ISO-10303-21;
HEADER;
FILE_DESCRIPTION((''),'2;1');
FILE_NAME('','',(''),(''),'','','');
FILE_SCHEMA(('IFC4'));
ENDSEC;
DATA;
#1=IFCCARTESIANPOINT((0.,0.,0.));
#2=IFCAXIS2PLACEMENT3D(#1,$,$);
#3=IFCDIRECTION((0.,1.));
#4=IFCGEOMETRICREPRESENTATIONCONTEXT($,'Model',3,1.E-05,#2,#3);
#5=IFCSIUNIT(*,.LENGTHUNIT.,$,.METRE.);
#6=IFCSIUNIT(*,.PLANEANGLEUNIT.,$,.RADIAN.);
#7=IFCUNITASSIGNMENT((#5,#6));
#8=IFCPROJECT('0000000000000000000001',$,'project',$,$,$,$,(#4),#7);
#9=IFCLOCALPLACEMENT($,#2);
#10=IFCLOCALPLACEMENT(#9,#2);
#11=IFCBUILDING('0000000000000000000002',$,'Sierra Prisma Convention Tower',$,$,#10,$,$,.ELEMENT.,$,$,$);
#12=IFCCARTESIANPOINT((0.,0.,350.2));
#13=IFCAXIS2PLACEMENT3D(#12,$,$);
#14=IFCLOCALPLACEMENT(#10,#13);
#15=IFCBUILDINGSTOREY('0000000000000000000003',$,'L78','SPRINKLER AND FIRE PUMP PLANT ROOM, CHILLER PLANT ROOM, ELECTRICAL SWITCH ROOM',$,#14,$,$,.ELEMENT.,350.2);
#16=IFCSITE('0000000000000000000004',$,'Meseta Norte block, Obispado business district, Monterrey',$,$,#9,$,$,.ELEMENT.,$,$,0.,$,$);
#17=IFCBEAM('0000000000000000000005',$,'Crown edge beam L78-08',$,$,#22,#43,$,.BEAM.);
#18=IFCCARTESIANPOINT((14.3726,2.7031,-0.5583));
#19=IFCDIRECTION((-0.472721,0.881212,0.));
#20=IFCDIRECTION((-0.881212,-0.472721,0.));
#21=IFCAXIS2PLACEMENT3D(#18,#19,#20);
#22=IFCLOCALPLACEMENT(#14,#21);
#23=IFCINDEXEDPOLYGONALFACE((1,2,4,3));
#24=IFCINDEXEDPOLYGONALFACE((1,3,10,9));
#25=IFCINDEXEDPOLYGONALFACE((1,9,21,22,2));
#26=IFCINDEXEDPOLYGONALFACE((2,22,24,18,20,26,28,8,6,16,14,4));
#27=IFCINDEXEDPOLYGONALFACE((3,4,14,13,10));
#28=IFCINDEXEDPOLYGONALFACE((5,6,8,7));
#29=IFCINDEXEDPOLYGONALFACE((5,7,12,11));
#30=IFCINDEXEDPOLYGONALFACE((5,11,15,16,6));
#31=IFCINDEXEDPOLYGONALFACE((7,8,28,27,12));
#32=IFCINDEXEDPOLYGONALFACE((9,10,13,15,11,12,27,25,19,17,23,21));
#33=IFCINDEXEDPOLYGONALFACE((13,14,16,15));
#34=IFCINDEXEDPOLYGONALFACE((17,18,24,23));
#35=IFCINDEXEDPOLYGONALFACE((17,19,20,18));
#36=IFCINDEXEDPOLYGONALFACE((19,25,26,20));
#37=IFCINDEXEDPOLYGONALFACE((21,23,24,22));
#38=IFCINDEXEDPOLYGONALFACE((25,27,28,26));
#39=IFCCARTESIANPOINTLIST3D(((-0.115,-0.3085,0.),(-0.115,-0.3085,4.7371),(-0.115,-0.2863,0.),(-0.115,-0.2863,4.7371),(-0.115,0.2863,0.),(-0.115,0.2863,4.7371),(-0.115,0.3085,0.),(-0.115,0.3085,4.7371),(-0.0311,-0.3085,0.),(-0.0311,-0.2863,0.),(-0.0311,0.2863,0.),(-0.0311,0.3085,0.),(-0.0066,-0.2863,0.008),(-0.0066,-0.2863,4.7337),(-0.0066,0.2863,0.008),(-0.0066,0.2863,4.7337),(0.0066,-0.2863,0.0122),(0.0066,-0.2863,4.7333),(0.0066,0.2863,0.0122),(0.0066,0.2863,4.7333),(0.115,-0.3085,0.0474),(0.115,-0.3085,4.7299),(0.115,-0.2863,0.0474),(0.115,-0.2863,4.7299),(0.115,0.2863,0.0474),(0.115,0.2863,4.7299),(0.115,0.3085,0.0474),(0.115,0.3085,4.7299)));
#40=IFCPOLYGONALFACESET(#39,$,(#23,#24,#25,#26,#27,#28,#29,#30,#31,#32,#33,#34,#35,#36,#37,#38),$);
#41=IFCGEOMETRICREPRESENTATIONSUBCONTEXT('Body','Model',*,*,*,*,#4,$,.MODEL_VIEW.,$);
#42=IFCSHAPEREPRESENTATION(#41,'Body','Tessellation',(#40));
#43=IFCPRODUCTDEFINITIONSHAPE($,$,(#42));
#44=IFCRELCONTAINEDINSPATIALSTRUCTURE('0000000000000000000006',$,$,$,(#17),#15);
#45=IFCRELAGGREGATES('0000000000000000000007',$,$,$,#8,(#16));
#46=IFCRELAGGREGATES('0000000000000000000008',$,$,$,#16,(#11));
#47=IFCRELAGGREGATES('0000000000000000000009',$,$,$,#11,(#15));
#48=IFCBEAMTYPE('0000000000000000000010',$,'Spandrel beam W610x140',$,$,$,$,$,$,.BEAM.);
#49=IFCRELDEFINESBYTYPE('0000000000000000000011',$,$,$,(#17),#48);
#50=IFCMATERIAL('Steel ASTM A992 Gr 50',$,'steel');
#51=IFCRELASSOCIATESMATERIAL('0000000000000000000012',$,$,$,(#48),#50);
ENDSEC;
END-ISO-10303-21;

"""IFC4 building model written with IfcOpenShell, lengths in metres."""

from ifc_helpers import new_model, si_unit, direction, frame, origin, origin_2d, place, context, subcontext, project, spatial, i_section, extrude, clip, halfspace, material, material_profile, profile_set, type_object, element, save


model = new_model("IFC4")

# Units and contexts
model_context = context("Model", 3, precision=1e-05, world=origin(), true_north=direction((0.0, 1.0)))
body_context = subcontext(model_context, "Body", "Model", "MODEL_VIEW")
ifc_project = project(units=[si_unit("LENGTHUNIT", "METRE"), si_unit("PLANEANGLEUNIT", "RADIAN")], contexts=[model_context])

# Site, building, storey
site_placement = place(None, origin())
site = spatial("IfcSite", under=ifc_project, at=site_placement, Name="Meseta Norte block, Obispado business district, Monterrey", CompositionType="ELEMENT", RefElevation=0.0)
building_placement = place(site_placement, origin())
building = spatial("IfcBuilding", under=site, at=building_placement, Name="Sierra Prisma Convention Tower", CompositionType="ELEMENT")
storey_placement = place(building_placement, frame((0.0, 0.0, 350.2)))
storey = spatial("IfcBuildingStorey", under=building, at=storey_placement, Name="L78", Description="SPRINKLER AND FIRE PUMP PLANT ROOM, CHILLER PLANT ROOM, ELECTRICAL SWITCH ROOM", CompositionType="ELEMENT", Elevation=350.2)

# Beam
ifc_material_1 = material(Name="Steel ASTM A992 Gr 50", Category="steel")
ifc_material_profile_1 = material_profile(ifc_material_1, i_section(OverallWidth=0.23, OverallDepth=0.6169, WebThickness=0.0132, FlangeThickness=0.0222, at=origin_2d()), Name="W610x140")
ifc_profile_set_1 = profile_set([ifc_material_profile_1], Name="Steel ASTM A992 Gr 50")
beam_type_1 = type_object("IfcBeamType", Name="Spandrel beam W610x140", PredefinedType="BEAM", material=ifc_profile_set_1)
beam_1_placement = place(storey_placement, frame((14.3726, 2.7031, -0.5583), z_axis=(-0.472721, 0.881212, 0.0), x_axis=(-0.881212, -0.472721, 0.0)))
element("IfcBeam", 1, at=beam_1_placement, inside=storey, type_object=beam_type_1, Name="Crown edge beam L78-08", PredefinedType="BEAM", context=body_context, shape_type="SweptSolid", body=[
    clip(clip(extrude(i_section(OverallWidth=0.23, OverallDepth=0.6169, WebThickness=0.0132, FlangeThickness=0.0222, at=origin_2d()), origin(), (0.0, 0.0, 1.0), 4.7437), halfspace(frame((-0.0349, 0.0, -0.0012), z_axis=(-0.308497, 0.0, 0.951225), x_axis=(0.951225, 0.0, 0.308497)), True)), halfspace(frame((-0.0034, 0.0, 4.7336), z_axis=(-0.031217, 0.0, -0.999513), x_axis=(0.999513, 0.0, -0.031217)), True)),
])

save(model, "model.ifc")
